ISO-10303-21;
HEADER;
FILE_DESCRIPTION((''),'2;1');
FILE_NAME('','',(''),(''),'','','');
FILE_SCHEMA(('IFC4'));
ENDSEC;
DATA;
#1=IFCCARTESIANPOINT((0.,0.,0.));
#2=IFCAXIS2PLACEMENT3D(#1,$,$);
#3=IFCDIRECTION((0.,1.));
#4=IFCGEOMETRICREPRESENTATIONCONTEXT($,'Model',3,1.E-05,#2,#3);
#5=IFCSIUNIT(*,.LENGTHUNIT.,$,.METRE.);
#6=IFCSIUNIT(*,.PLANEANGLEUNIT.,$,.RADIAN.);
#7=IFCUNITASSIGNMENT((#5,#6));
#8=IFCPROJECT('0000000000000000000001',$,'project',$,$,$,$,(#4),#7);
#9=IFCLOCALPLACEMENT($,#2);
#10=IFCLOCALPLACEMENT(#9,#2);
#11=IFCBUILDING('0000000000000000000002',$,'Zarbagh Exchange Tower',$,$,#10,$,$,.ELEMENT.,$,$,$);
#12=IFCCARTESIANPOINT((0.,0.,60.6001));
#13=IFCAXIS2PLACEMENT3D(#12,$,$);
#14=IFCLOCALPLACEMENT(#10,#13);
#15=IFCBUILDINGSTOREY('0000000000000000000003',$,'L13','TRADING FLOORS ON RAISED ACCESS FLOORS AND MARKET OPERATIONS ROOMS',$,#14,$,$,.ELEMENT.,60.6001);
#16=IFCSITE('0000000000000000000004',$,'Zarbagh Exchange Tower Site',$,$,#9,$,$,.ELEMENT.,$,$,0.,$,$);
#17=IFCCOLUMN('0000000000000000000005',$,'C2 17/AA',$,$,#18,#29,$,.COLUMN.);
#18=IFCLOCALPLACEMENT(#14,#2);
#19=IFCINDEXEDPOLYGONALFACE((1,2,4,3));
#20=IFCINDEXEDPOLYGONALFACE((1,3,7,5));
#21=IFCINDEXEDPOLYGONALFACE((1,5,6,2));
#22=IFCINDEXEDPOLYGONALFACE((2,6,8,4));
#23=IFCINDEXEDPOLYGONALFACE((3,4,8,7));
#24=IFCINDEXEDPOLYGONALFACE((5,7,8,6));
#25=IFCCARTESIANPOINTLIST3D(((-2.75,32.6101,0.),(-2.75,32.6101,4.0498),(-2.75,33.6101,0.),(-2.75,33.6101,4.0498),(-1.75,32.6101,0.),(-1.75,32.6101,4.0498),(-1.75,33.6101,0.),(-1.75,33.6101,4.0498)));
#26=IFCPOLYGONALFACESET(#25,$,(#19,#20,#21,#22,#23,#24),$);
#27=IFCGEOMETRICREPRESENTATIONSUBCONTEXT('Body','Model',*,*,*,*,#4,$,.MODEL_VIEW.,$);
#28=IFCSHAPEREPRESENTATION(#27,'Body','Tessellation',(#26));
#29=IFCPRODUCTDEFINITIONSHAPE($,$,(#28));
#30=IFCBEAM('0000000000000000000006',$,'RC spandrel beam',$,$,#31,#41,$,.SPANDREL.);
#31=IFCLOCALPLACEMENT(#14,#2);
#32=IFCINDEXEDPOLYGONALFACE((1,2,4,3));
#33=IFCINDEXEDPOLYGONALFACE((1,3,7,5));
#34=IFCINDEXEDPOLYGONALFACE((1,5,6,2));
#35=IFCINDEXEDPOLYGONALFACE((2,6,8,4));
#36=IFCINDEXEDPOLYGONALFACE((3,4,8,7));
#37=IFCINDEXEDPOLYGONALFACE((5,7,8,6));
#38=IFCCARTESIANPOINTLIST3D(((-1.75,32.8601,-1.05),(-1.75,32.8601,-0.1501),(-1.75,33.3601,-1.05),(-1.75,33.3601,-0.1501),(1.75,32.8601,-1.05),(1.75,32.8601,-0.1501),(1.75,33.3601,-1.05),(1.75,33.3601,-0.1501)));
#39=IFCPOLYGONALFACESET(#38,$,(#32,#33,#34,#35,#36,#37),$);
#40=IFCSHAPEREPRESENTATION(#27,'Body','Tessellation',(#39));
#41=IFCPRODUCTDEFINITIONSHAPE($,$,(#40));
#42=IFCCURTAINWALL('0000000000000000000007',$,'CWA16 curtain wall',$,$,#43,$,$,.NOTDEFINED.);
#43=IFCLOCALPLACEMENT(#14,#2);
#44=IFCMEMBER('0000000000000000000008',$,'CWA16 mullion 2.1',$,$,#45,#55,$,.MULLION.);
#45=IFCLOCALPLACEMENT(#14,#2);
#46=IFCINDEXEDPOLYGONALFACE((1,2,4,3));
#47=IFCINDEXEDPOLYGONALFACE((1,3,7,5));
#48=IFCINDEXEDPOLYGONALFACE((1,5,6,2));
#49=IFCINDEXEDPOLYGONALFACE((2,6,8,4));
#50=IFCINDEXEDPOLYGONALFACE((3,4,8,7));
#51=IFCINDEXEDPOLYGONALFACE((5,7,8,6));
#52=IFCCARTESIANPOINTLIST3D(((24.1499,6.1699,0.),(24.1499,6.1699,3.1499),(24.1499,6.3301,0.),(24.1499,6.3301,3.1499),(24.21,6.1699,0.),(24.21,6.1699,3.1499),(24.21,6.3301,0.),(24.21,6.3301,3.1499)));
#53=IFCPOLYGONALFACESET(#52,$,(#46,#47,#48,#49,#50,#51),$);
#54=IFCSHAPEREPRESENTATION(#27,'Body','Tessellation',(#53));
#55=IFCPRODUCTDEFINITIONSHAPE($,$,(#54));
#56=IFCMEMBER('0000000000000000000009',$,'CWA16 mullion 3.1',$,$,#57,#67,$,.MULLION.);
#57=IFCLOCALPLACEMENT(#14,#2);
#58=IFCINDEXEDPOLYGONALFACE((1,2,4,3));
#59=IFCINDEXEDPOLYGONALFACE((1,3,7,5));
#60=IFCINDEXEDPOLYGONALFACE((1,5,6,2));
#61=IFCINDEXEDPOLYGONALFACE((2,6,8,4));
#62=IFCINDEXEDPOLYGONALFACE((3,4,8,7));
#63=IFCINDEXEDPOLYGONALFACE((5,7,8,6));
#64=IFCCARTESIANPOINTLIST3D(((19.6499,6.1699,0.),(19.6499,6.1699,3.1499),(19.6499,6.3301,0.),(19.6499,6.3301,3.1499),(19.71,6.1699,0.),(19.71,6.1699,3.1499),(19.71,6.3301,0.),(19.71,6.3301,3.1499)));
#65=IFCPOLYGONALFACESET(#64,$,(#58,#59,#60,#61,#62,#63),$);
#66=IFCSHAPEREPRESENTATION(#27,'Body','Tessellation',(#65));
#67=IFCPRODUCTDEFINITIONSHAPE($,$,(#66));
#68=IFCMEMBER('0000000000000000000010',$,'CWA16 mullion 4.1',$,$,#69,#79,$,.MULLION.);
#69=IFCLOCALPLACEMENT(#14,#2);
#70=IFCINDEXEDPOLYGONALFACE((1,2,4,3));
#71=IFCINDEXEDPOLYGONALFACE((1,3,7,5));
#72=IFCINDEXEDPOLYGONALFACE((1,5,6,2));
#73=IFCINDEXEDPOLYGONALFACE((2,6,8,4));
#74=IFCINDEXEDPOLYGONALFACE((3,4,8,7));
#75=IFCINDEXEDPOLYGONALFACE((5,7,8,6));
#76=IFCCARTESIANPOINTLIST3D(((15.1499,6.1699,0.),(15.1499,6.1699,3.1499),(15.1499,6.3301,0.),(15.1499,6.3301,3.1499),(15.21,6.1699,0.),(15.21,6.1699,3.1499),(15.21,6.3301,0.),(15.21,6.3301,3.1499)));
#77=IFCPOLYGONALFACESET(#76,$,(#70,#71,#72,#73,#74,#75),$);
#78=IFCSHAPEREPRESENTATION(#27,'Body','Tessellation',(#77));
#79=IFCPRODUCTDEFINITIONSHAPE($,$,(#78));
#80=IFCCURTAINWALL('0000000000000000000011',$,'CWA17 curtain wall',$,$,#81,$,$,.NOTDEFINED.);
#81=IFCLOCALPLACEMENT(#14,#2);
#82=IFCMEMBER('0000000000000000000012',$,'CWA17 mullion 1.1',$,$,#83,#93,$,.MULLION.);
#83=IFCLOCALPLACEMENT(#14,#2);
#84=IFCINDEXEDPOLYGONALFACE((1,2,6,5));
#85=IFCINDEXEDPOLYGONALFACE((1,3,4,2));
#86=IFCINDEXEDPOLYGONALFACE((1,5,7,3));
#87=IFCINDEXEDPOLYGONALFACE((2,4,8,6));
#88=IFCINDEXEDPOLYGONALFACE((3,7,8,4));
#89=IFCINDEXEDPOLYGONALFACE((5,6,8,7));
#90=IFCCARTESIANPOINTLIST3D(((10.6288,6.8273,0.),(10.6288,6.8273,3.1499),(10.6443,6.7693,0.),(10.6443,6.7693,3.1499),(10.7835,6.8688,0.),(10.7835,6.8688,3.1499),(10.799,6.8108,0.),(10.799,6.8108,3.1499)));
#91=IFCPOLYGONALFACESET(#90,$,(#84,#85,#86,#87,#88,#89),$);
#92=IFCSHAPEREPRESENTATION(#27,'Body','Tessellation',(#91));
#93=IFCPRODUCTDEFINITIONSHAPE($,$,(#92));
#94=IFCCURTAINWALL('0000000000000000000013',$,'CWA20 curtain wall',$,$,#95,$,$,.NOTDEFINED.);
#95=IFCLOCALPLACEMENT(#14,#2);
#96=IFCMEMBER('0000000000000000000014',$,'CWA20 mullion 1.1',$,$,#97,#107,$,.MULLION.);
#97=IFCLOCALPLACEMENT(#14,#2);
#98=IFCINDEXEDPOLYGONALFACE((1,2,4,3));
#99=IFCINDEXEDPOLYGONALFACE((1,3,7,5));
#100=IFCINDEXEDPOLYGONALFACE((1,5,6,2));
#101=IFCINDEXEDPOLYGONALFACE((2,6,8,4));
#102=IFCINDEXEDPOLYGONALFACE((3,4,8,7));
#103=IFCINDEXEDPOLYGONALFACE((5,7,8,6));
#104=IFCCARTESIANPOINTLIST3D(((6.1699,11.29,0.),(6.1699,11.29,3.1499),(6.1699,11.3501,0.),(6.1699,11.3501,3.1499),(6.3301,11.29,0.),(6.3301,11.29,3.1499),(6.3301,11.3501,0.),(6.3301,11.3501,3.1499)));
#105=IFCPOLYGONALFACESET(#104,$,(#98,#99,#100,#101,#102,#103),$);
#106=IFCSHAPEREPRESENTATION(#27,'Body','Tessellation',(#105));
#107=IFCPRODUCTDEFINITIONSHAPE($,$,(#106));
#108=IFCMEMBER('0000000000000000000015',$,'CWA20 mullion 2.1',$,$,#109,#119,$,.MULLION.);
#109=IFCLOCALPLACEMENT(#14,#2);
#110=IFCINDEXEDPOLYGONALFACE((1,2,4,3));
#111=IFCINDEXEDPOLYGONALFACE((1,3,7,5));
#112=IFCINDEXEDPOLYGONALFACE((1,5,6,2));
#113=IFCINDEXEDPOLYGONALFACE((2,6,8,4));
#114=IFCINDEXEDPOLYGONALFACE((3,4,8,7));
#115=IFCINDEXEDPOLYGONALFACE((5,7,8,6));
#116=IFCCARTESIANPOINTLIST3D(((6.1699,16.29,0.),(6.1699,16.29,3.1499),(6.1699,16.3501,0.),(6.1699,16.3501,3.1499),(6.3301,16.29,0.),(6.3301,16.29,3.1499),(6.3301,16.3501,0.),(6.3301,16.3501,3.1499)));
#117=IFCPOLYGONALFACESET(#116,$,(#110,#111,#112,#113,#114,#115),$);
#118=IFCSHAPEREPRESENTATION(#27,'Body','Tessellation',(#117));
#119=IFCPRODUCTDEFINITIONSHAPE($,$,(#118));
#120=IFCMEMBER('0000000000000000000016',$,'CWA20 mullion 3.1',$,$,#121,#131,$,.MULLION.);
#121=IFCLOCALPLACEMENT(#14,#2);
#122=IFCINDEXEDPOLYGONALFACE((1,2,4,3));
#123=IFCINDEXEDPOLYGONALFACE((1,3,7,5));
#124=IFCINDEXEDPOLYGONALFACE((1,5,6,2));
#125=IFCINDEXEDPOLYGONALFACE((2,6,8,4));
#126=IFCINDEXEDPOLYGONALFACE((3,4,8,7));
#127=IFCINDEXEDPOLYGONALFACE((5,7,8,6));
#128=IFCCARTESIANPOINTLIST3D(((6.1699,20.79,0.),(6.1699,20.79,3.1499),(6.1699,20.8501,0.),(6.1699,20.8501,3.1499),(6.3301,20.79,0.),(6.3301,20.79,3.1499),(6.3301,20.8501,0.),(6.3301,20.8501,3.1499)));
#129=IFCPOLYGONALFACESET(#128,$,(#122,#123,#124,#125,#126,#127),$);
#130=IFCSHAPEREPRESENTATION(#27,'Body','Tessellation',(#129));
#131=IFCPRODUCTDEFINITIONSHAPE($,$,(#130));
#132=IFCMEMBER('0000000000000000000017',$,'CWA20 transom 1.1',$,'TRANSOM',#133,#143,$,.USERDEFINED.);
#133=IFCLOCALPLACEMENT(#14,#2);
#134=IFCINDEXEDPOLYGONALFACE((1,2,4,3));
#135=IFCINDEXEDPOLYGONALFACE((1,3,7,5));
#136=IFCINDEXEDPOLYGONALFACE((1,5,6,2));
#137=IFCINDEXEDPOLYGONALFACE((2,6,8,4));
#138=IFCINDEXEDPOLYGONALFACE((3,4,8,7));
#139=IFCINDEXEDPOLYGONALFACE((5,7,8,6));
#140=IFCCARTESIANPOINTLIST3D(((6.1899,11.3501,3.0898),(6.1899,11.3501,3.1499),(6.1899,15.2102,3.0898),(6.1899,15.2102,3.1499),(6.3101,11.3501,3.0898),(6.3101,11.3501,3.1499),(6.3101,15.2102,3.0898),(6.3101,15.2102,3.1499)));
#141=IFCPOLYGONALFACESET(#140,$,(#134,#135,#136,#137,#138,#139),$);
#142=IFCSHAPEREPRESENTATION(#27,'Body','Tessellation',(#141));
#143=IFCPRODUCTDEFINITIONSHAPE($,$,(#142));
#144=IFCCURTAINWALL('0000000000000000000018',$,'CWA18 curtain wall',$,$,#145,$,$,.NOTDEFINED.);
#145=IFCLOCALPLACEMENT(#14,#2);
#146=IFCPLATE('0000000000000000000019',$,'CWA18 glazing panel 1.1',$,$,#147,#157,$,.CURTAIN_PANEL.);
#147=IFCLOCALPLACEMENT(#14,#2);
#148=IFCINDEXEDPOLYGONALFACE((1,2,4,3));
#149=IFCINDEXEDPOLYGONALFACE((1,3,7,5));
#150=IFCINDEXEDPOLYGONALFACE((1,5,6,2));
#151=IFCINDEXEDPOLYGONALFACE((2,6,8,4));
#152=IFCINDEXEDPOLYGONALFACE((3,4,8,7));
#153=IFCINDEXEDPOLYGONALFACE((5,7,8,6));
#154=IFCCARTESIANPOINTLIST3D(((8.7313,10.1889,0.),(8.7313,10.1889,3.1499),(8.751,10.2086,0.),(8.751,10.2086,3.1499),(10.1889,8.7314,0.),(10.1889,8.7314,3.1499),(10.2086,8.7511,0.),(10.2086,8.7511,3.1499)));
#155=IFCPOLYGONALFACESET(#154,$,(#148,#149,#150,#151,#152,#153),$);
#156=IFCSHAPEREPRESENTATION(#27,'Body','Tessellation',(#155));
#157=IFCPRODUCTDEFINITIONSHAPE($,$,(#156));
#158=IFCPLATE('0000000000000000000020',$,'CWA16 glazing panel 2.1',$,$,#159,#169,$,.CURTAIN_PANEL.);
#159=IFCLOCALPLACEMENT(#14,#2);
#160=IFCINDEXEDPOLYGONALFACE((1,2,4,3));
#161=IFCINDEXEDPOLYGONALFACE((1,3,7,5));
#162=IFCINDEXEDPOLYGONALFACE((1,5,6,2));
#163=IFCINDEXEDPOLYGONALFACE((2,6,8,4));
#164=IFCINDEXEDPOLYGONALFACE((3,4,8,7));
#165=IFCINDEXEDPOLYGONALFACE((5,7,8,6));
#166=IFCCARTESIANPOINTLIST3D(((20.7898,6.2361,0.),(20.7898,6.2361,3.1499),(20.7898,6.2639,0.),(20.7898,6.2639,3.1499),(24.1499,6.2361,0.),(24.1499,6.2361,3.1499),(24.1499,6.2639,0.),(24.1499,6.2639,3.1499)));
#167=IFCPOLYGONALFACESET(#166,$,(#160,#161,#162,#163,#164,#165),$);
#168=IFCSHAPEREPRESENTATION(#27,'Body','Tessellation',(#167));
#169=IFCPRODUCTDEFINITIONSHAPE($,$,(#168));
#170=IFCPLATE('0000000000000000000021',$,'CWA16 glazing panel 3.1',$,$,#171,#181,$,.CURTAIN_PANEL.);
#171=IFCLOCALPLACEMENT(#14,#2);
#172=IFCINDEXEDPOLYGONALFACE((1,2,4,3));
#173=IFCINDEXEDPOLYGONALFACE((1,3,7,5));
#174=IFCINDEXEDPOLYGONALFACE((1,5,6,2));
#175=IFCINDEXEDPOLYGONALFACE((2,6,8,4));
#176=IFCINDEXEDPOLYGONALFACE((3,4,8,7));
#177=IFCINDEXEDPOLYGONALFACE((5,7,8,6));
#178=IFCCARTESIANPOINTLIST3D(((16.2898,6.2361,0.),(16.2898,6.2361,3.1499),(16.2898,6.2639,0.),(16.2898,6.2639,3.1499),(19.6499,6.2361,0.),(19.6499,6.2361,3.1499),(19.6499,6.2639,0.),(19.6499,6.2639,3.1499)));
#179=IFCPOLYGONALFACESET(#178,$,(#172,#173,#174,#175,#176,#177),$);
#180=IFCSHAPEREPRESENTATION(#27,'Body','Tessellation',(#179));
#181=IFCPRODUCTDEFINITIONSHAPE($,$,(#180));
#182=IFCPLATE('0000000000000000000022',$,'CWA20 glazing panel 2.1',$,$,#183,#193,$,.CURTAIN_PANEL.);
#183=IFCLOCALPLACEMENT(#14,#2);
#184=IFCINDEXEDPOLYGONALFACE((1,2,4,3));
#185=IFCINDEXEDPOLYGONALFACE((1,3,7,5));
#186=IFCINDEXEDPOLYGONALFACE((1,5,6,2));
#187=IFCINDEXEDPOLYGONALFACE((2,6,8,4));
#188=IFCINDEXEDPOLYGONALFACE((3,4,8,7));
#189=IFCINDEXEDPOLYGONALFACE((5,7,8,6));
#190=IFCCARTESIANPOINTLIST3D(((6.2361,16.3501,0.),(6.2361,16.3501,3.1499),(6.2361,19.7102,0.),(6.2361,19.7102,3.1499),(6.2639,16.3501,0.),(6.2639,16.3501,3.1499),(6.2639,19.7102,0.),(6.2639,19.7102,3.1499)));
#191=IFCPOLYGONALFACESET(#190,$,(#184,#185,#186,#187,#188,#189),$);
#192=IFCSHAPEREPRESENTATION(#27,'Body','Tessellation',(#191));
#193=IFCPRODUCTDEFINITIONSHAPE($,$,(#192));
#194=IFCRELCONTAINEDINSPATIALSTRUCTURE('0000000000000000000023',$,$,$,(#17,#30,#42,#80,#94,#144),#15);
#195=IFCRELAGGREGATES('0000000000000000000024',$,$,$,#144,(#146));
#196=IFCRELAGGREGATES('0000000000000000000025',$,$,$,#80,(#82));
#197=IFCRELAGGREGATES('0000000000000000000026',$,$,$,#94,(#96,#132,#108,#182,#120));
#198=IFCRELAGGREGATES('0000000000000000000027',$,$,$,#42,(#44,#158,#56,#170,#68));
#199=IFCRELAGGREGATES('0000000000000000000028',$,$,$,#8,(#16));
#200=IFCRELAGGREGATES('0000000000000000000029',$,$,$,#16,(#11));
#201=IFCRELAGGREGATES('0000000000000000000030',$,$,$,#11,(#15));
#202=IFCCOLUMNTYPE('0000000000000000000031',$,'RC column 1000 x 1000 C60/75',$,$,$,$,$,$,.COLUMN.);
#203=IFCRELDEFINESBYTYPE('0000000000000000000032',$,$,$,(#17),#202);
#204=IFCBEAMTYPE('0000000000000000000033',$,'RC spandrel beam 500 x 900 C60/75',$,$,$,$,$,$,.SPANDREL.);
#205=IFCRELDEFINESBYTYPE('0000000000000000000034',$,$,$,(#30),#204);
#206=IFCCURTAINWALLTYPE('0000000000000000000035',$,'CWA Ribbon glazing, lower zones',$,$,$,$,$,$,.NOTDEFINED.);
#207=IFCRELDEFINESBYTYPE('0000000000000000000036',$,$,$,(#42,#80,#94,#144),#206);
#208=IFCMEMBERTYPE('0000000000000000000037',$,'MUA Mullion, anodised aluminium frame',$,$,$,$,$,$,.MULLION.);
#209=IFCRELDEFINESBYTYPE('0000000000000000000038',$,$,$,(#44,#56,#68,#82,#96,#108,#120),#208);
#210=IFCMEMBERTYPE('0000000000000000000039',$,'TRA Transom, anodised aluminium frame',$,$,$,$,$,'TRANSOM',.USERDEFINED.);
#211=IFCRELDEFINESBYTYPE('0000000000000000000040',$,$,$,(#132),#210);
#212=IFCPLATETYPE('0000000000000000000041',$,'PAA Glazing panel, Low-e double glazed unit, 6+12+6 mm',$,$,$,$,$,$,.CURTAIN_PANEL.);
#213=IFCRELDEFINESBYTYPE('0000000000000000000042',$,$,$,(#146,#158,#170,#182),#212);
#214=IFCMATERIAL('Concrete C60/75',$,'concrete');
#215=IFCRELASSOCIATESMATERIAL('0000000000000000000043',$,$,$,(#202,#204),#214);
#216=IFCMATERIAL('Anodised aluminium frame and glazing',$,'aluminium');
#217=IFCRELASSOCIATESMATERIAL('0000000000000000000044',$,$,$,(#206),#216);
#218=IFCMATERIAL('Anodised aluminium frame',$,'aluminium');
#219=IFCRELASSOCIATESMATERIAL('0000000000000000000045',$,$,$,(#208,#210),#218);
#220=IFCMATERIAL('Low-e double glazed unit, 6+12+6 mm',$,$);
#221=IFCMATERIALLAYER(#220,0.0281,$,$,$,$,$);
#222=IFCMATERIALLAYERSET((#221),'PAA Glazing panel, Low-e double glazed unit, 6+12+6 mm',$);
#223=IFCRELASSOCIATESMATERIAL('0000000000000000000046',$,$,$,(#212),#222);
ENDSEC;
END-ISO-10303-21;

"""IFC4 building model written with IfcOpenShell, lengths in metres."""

from ifc_helpers import new_model, si_unit, direction, frame, origin, origin_2d, place, context, subcontext, project, spatial, polyline, rectangle, outline, extrude, source, transform, mapped, material, layer, layer_set, material_profile, profile_set, type_object, element, aggregate, save


model = new_model("IFC4")

# Units and contexts
model_context = context("Model", 3, precision=1e-05, world=origin(), true_north=direction((0.0, 1.0)))
body_context = subcontext(model_context, "Body", "Model", "MODEL_VIEW")
ifc_project = project(units=[si_unit("LENGTHUNIT", "METRE"), si_unit("PLANEANGLEUNIT", "RADIAN")], contexts=[model_context])

# Site, building, storey
site_placement = place(None, origin())
site = spatial("IfcSite", under=ifc_project, at=site_placement, Name="Zarbagh Exchange Tower Site", CompositionType="ELEMENT", RefElevation=0.0)
building_placement = place(site_placement, origin())
building = spatial("IfcBuilding", under=site, at=building_placement, Name="Zarbagh Exchange Tower", CompositionType="ELEMENT")
storey_placement = place(building_placement, frame((0.0, 0.0, 60.6001)))
storey = spatial("IfcBuildingStorey", under=building, at=storey_placement, Name="L13", Description="TRADING FLOORS ON RAISED ACCESS FLOORS AND MARKET OPERATIONS ROOMS", CompositionType="ELEMENT", Elevation=60.6001)

# Column
ifc_material_1 = material(Name="Concrete C60/75", Category="concrete")
ifc_material_profile_1 = material_profile(ifc_material_1, rectangle(XDim=1.0, YDim=1.0, at=origin_2d()), Name="RC column 1000 x 1000 C60/75")
ifc_profile_set_1 = profile_set([ifc_material_profile_1], Name="Concrete C60/75")
column_type = type_object("IfcColumnType", Name="RC column 1000 x 1000 C60/75", PredefinedType="COLUMN", material=ifc_profile_set_1)
column_placement = place(storey_placement, frame((-2.25, 33.1101, 0.0), z_axis=(0.0, 0.0, 1.0), x_axis=(1.0, 0.0, 0.0)))
element("IfcColumn", 1, at=column_placement, inside=storey, type_object=column_type, Name="C2 17/AA", PredefinedType="COLUMN", context=body_context, shape_type="SweptSolid", body=[
    extrude(rectangle(XDim=1.0, YDim=1.0, at=origin_2d()), origin(), (0.0, 0.0, 1.0), 4.0498),
])

# Beam
ifc_material_profile_2 = material_profile(ifc_material_1, rectangle(XDim=0.5, YDim=0.8999, at=origin_2d()), Name="RC spandrel beam 500 x 900 C60/75")
ifc_profile_set_2 = profile_set([ifc_material_profile_2], Name="Concrete C60/75")
beam_type = type_object("IfcBeamType", Name="RC spandrel beam 500 x 900 C60/75", PredefinedType="SPANDREL", material=ifc_profile_set_2)
beam_placement = place(storey_placement, frame((-1.75, 33.1101, -0.6001), z_axis=(1.0, 0.0, 0.0), x_axis=(0.0, 1.0, 0.0)))
element("IfcBeam", 2, at=beam_placement, inside=storey, type_object=beam_type, Name="RC spandrel beam", PredefinedType="SPANDREL", context=body_context, shape_type="SweptSolid", body=[
    extrude(rectangle(XDim=0.5, YDim=0.8999, at=origin_2d()), origin(), (0.0, 0.0, 1.0), 3.5),
])

# Curtain wall, members
ifc_material_2 = material(Name="Anodised aluminium frame and glazing", Category="aluminium")
curtain_wall_type = type_object("IfcCurtainWallType", Name="CWA Ribbon glazing, lower zones", PredefinedType="NOTDEFINED", material=ifc_material_2)
curtain_wall_1_placement = place(storey_placement, origin())
curtain_wall_1 = element("IfcCurtainWall", 3, at=curtain_wall_1_placement, inside=storey, type_object=curtain_wall_type, Name="CWA16 curtain wall", PredefinedType="NOTDEFINED")
ifc_material_3 = material(Name="Anodised aluminium frame", Category="aluminium")
member_type_1 = type_object("IfcMemberType", Name="MUA Mullion, anodised aluminium frame", PredefinedType="MULLION", material=ifc_material_3)
shared_shape_1 = source(origin(), body_context, "Body", "SweptSolid", [
    extrude(outline(polyline([(0.0, -0.0801), (0.0601, -0.0801), (0.0601, 0.0801), (0.0, 0.0801), (0.0, -0.0801)])), origin(), (0.0, 0.0, 1.0), 3.1499),
])
placement = place(storey_placement, origin())
member_1 = element("IfcMember", 4, at=placement, type_object=member_type_1, Name="CWA16 mullion 2.1", PredefinedType="MULLION", context=body_context, shape_type="MappedRepresentation", body=[
    mapped(shared_shape_1, transform((24.21, 6.25, 0.0), x_axis=(-1.0, 0.0, 0.0), y_axis=(0.0, -1.0, 0.0), z_axis=(0.0, 0.0, 1.0))),
])
member_2 = element("IfcMember", 5, at=placement, type_object=member_type_1, Name="CWA16 mullion 3.1", PredefinedType="MULLION", context=body_context, shape_type="MappedRepresentation", body=[
    mapped(shared_shape_1, transform((19.71, 6.25, 0.0), x_axis=(-1.0, 0.0, 0.0), y_axis=(0.0, -1.0, 0.0), z_axis=(0.0, 0.0, 1.0))),
])
member_3 = element("IfcMember", 6, at=placement, type_object=member_type_1, Name="CWA16 mullion 4.1", PredefinedType="MULLION", context=body_context, shape_type="MappedRepresentation", body=[
    mapped(shared_shape_1, transform((15.21, 6.25, 0.0), x_axis=(-1.0, 0.0, 0.0), y_axis=(0.0, -1.0, 0.0), z_axis=(0.0, 0.0, 1.0))),
])

# Curtain wall, member
curtain_wall_2_placement = place(storey_placement, origin())
curtain_wall_2 = element("IfcCurtainWall", 7, at=curtain_wall_2_placement, inside=storey, type_object=curtain_wall_type, Name="CWA17 curtain wall", PredefinedType="NOTDEFINED")
member_4 = element("IfcMember", 8, at=placement, type_object=member_type_1, Name="CWA17 mullion 1.1", PredefinedType="MULLION", context=body_context, shape_type="MappedRepresentation", body=[
    mapped(shared_shape_1, transform((10.7217, 6.79, 0.0), x_axis=(-0.258825, 0.965924, 0.0), y_axis=(-0.965924, -0.258825, 0.0), z_axis=(0.0, 0.0, 1.0))),
])

# Curtain wall, members
curtain_wall_3_placement = place(storey_placement, origin())
curtain_wall_3 = element("IfcCurtainWall", 9, at=curtain_wall_3_placement, inside=storey, type_object=curtain_wall_type, Name="CWA20 curtain wall", PredefinedType="NOTDEFINED")
member_5 = element("IfcMember", 10, at=placement, type_object=member_type_1, Name="CWA20 mullion 1.1", PredefinedType="MULLION", context=body_context, shape_type="MappedRepresentation", body=[
    mapped(shared_shape_1, transform((6.25, 11.29, 0.0), x_axis=(0.0, 1.0, 0.0), y_axis=(-1.0, 0.0, 0.0), z_axis=(0.0, 0.0, 1.0))),
])
member_6 = element("IfcMember", 11, at=placement, type_object=member_type_1, Name="CWA20 mullion 2.1", PredefinedType="MULLION", context=body_context, shape_type="MappedRepresentation", body=[
    mapped(shared_shape_1, transform((6.25, 16.29, 0.0), x_axis=(0.0, 1.0, 0.0), y_axis=(-1.0, 0.0, 0.0), z_axis=(0.0, 0.0, 1.0))),
])
member_7 = element("IfcMember", 12, at=placement, type_object=member_type_1, Name="CWA20 mullion 3.1", PredefinedType="MULLION", context=body_context, shape_type="MappedRepresentation", body=[
    mapped(shared_shape_1, transform((6.25, 20.79, 0.0), x_axis=(0.0, 1.0, 0.0), y_axis=(-1.0, 0.0, 0.0), z_axis=(0.0, 0.0, 1.0))),
])
member_type_2 = type_object("IfcMemberType", Name="TRA Transom, anodised aluminium frame", ElementType="TRANSOM", PredefinedType="USERDEFINED", material=ifc_material_3)
shared_shape_2 = source(origin(), body_context, "Body", "SweptSolid", [
    extrude(outline(polyline([(-0.0601, -0.0601), (0.0, -0.0601), (0.0, 0.0601), (-0.0601, 0.0601), (-0.0601, -0.0601)])), origin(), (0.0, 0.0, 1.0), 3.8601),
])
member_8 = element("IfcMember", 13, at=placement, type_object=member_type_2, Name="CWA20 transom 1.1", ObjectType="TRANSOM", PredefinedType="USERDEFINED", context=body_context, shape_type="MappedRepresentation", body=[
    mapped(shared_shape_2, transform((6.25, 11.3501, 3.1499), x_axis=(0.0, 0.0, 1.0), y_axis=(1.0, 0.0, 0.0), z_axis=(0.0, 1.0, 0.0))),
])

# Curtain wall, plate
curtain_wall_4_placement = place(storey_placement, origin())
curtain_wall_4 = element("IfcCurtainWall", 14, at=curtain_wall_4_placement, inside=storey, type_object=curtain_wall_type, Name="CWA18 curtain wall", PredefinedType="NOTDEFINED")
ifc_material_4 = material(Name="Low-e double glazed unit, 6+12+6 mm")
ifc_layer_1 = layer(ifc_material_4, 0.0281)
ifc_layer_set_1 = layer_set([ifc_layer_1], Name="PAA Glazing panel, Low-e double glazed unit, 6+12+6 mm")
plate_type = type_object("IfcPlateType", Name="PAA Glazing panel, Low-e double glazed unit, 6+12+6 mm", PredefinedType="CURTAIN_PANEL", material=ifc_layer_set_1)
shared_shape_3 = source(origin(), body_context, "Body", "SweptSolid", [
    extrude(outline(polyline([(0.0, -0.0139), (2.0613, -0.0139), (2.0613, 0.0139), (0.0, 0.0139), (0.0, -0.0139)])), origin(), (0.0, 0.0, 1.0), 3.1499),
])
plate_1 = element("IfcPlate", 15, at=placement, type_object=plate_type, Name="CWA18 glazing panel 1.1", PredefinedType="CURTAIN_PANEL", context=body_context, shape_type="MappedRepresentation", body=[
    mapped(shared_shape_3, transform((10.1987, 8.7412, 0.0), x_axis=(-0.707107, 0.707107, 0.0), y_axis=(-0.707107, -0.707107, 0.0), z_axis=(0.0, 0.0, 1.0))),
])
aggregate(curtain_wall_4, [plate_1])

# Plates
shared_shape_4 = source(origin(), body_context, "Body", "SweptSolid", [
    extrude(outline(polyline([(0.0, -0.0139), (3.3601, -0.0139), (3.3601, 0.0139), (0.0, 0.0139), (0.0, -0.0139)])), origin(), (0.0, 0.0, 1.0), 3.1499),
])
plate_2 = element("IfcPlate", 16, at=placement, type_object=plate_type, Name="CWA16 glazing panel 2.1", PredefinedType="CURTAIN_PANEL", context=body_context, shape_type="MappedRepresentation", body=[
    mapped(shared_shape_4, transform((24.1499, 6.25, 0.0), x_axis=(-1.0, 0.0, 0.0), y_axis=(0.0, -1.0, 0.0), z_axis=(0.0, 0.0, 1.0))),
])
plate_3 = element("IfcPlate", 17, at=placement, type_object=plate_type, Name="CWA16 glazing panel 3.1", PredefinedType="CURTAIN_PANEL", context=body_context, shape_type="MappedRepresentation", body=[
    mapped(shared_shape_4, transform((19.6499, 6.25, 0.0), x_axis=(-1.0, 0.0, 0.0), y_axis=(0.0, -1.0, 0.0), z_axis=(0.0, 0.0, 1.0))),
])
plate_4 = element("IfcPlate", 18, at=placement, type_object=plate_type, Name="CWA20 glazing panel 2.1", PredefinedType="CURTAIN_PANEL", context=body_context, shape_type="MappedRepresentation", body=[
    mapped(shared_shape_4, transform((6.25, 16.3501, 0.0), x_axis=(0.0, 1.0, 0.0), y_axis=(-1.0, 0.0, 0.0), z_axis=(0.0, 0.0, 1.0))),
])
aggregate(curtain_wall_2, [member_4])

aggregate(curtain_wall_3, [member_5, member_8, member_6, plate_4, member_7])
aggregate(curtain_wall_1, [member_1, plate_2, member_2, plate_3, member_3])

save(model, "model.ifc")
